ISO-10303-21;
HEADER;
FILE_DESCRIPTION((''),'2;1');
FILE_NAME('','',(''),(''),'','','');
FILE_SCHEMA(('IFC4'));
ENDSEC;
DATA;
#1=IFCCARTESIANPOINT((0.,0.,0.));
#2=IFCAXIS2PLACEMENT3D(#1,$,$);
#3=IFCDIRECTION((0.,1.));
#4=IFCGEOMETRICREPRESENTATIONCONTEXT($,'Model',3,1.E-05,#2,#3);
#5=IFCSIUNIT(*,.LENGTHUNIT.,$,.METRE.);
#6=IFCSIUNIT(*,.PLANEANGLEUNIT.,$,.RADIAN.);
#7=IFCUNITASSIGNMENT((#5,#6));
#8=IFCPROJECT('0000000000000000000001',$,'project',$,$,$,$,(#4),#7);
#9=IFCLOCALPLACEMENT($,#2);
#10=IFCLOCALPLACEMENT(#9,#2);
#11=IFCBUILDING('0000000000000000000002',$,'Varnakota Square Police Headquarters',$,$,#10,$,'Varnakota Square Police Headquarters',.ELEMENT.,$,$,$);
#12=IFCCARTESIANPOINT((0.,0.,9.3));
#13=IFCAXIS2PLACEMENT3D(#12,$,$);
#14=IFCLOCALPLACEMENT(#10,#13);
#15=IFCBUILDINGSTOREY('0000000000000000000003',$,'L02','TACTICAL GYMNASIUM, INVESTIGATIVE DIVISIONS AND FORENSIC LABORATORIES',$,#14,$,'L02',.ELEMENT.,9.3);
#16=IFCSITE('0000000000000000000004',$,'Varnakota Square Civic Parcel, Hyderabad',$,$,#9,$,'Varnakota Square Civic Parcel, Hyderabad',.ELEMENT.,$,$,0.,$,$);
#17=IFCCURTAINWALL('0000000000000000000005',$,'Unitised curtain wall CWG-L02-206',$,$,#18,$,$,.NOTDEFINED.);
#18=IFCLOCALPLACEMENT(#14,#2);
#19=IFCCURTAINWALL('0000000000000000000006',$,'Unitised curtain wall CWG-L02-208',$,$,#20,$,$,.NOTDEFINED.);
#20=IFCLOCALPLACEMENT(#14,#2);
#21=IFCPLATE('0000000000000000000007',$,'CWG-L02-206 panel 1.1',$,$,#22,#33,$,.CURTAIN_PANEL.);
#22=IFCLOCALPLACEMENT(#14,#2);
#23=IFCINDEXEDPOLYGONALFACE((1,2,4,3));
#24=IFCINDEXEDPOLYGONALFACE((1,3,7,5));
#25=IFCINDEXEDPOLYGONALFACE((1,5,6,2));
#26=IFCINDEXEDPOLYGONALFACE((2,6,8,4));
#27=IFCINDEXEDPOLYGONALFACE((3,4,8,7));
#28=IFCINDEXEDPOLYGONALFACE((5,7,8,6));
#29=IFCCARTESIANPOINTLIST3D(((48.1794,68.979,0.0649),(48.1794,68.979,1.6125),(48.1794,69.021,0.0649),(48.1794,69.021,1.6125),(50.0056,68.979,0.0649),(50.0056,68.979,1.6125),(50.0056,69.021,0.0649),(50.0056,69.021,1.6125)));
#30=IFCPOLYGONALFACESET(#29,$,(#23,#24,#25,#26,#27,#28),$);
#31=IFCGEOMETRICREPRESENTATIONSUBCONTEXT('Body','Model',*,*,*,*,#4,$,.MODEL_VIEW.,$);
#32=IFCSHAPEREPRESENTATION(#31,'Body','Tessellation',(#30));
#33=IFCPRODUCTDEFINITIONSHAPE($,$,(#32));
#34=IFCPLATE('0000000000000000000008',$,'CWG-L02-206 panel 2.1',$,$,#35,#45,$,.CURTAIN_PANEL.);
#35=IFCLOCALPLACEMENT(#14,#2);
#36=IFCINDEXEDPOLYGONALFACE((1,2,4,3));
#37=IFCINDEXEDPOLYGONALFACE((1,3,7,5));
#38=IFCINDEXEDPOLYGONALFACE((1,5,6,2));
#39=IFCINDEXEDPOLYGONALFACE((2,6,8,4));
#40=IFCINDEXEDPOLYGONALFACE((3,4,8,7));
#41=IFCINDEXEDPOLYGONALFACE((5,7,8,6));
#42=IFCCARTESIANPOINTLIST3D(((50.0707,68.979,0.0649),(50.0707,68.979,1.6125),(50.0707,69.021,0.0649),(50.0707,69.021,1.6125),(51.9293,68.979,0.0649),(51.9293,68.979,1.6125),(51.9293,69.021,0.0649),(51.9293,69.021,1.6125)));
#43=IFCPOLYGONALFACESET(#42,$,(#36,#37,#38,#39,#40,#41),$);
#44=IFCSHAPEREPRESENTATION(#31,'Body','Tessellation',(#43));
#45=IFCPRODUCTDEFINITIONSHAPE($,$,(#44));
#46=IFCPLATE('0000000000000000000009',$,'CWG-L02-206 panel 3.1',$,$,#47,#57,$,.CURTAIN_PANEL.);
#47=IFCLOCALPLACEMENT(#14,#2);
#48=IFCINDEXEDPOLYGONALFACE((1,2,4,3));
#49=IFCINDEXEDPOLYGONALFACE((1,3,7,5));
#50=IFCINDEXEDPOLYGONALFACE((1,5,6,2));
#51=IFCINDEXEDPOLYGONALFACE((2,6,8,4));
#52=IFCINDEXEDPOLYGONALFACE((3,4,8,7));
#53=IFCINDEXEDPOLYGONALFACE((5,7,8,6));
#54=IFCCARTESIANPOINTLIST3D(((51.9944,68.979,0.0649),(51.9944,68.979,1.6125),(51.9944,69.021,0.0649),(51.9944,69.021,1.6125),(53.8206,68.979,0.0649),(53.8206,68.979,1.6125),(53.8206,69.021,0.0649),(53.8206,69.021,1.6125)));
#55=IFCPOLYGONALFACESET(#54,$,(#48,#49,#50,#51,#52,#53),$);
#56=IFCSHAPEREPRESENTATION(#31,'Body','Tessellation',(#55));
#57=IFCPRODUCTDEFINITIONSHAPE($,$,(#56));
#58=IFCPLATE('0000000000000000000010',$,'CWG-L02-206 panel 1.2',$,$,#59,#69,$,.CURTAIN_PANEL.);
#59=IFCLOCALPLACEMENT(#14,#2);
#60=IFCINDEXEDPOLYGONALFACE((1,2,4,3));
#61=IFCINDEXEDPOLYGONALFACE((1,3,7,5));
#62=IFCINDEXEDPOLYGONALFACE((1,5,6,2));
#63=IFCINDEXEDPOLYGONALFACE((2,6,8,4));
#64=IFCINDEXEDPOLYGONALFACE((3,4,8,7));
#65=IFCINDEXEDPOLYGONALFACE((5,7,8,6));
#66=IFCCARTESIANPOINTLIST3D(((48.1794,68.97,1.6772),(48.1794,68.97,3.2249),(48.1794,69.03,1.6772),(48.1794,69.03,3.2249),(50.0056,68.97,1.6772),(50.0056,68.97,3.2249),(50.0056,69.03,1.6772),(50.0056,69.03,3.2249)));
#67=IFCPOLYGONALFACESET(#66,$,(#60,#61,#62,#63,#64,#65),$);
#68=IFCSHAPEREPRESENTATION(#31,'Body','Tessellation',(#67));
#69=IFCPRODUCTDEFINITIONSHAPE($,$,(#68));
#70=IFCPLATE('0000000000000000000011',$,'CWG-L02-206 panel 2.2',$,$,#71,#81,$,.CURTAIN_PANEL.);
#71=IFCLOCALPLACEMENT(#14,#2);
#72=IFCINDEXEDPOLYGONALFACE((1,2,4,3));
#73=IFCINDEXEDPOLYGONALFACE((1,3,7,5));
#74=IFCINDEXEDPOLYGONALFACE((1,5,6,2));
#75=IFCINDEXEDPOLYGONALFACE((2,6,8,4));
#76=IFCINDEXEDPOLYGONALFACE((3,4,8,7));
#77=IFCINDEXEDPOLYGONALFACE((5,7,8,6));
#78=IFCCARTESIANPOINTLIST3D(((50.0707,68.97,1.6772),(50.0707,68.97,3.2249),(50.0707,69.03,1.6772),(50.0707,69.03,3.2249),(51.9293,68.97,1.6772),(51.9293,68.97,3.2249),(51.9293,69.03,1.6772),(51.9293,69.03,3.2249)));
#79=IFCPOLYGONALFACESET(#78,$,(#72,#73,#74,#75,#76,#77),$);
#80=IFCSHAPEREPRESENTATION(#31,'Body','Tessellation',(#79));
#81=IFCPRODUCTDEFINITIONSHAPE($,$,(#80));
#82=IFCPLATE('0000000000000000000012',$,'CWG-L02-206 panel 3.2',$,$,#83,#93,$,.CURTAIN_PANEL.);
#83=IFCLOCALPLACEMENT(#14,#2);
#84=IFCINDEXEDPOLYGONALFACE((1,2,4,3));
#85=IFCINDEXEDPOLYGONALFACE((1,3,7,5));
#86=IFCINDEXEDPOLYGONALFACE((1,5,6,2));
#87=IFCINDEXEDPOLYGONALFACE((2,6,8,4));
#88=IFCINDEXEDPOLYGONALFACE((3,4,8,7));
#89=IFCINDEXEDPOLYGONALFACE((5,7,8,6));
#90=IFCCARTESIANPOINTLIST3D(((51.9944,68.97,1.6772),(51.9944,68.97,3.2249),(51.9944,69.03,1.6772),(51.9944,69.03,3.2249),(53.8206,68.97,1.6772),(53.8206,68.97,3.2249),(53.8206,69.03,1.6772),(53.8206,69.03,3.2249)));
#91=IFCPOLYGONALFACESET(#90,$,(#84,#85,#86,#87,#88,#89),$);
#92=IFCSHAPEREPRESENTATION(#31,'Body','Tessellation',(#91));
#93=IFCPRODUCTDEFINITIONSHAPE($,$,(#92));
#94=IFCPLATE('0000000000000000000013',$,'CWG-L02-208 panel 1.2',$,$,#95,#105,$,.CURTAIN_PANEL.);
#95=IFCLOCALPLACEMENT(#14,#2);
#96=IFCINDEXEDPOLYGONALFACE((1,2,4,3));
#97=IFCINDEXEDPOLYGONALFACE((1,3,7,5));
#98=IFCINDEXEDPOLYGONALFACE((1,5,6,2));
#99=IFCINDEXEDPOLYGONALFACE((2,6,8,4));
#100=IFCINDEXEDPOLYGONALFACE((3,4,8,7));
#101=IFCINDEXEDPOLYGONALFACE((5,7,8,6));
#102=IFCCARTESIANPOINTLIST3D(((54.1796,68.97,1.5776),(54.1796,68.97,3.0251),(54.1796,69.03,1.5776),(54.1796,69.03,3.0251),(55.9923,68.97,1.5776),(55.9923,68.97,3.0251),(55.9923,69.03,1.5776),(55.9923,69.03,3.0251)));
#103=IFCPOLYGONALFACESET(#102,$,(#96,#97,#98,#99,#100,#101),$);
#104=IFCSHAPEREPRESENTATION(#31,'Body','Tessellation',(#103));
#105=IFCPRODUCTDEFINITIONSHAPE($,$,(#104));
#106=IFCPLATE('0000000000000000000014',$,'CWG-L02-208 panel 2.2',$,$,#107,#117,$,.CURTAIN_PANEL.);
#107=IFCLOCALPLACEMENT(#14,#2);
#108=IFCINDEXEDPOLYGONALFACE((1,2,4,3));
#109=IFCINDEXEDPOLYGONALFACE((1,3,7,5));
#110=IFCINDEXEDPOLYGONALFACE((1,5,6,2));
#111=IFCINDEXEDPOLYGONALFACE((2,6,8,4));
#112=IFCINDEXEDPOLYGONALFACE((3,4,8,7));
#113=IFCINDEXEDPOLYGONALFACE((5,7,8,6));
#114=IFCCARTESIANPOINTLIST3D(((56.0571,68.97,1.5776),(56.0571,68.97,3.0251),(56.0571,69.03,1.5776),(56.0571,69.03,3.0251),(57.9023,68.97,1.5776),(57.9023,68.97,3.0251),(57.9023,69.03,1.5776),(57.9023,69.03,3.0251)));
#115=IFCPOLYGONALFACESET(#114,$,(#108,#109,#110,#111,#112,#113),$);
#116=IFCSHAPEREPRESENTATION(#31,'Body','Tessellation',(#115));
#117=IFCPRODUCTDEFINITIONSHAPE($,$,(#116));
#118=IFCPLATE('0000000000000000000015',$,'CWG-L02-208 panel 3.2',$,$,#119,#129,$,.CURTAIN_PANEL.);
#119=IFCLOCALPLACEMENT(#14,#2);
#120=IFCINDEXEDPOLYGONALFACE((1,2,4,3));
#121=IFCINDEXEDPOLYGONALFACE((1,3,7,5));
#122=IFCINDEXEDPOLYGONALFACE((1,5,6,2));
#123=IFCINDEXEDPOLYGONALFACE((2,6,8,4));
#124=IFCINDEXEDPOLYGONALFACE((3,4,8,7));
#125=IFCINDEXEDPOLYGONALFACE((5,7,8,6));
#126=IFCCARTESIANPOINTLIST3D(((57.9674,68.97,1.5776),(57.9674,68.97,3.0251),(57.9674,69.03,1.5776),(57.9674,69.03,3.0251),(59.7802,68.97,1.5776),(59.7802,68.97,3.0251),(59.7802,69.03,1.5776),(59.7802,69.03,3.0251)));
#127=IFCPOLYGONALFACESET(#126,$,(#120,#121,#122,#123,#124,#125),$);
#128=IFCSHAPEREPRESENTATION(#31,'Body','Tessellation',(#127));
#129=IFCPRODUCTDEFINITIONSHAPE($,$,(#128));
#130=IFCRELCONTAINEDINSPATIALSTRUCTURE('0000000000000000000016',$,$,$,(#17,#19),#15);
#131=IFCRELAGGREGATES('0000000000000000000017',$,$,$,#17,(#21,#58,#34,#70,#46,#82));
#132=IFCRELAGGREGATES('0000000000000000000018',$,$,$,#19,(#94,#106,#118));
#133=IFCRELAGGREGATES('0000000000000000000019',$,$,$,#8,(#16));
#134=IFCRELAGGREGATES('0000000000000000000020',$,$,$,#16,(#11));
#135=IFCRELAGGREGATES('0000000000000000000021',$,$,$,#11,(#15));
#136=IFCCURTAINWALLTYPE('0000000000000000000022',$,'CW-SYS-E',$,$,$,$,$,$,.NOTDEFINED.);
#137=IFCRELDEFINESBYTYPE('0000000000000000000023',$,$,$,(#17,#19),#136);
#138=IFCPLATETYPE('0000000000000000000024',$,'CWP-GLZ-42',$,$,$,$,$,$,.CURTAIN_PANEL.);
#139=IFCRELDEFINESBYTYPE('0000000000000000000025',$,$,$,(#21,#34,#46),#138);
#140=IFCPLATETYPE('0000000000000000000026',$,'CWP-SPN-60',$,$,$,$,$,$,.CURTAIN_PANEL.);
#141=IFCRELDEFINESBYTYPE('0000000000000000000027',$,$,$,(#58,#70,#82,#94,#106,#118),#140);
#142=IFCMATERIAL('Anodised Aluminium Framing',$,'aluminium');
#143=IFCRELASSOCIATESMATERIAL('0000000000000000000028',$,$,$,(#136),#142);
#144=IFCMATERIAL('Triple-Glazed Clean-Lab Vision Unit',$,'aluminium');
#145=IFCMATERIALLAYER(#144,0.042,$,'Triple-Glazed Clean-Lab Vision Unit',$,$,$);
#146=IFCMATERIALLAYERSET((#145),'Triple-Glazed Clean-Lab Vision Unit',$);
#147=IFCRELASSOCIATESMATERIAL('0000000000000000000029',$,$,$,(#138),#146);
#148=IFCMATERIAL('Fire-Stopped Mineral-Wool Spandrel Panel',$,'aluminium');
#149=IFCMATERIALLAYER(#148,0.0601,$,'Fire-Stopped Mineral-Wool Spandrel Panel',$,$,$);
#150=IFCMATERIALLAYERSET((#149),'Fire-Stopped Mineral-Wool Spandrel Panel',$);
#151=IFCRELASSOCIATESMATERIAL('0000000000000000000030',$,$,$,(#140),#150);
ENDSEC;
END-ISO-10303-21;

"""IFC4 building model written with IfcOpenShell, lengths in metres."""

from ifc_helpers import new_model, si_unit, direction, frame, origin, origin_2d, place, context, subcontext, project, spatial, rectangle, extrude, material, layer, layer_set, type_object, element, aggregate, save


model = new_model("IFC4")

# Units and contexts
model_context = context("Model", 3, precision=1e-05, world=origin(), true_north=direction((0.0, 1.0)))
body_context = subcontext(model_context, "Body", "Model", "MODEL_VIEW")
ifc_project = project(units=[si_unit("LENGTHUNIT", "METRE"), si_unit("PLANEANGLEUNIT", "RADIAN")], contexts=[model_context])

# Site, building, storey
site_placement = place(None, origin())
site = spatial("IfcSite", under=ifc_project, at=site_placement, Name="Varnakota Square Civic Parcel, Hyderabad", LongName="Varnakota Square Civic Parcel, Hyderabad", CompositionType="ELEMENT", RefElevation=0.0)
building_placement = place(site_placement, origin())
building = spatial("IfcBuilding", under=site, at=building_placement, Name="Varnakota Square Police Headquarters", LongName="Varnakota Square Police Headquarters", CompositionType="ELEMENT")
storey_placement = place(building_placement, frame((0.0, 0.0, 9.3)))
storey = spatial("IfcBuildingStorey", under=building, at=storey_placement, Name="L02", Description="TACTICAL GYMNASIUM, INVESTIGATIVE DIVISIONS AND FORENSIC LABORATORIES", LongName="L02", CompositionType="ELEMENT", Elevation=9.3)

# Curtain walls
ifc_material_1 = material(Name="Anodised Aluminium Framing", Category="aluminium")
curtain_wall_type = type_object("IfcCurtainWallType", Name="CW-SYS-E", PredefinedType="NOTDEFINED", material=ifc_material_1)
curtain_wall_1_placement = place(storey_placement, origin())
curtain_wall_1 = element("IfcCurtainWall", 1, at=curtain_wall_1_placement, inside=storey, type_object=curtain_wall_type, Name="Unitised curtain wall CWG-L02-206", PredefinedType="NOTDEFINED")
curtain_wall_2_placement = place(storey_placement, origin())
curtain_wall_2 = element("IfcCurtainWall", 2, at=curtain_wall_2_placement, inside=storey, type_object=curtain_wall_type, Name="Unitised curtain wall CWG-L02-208", PredefinedType="NOTDEFINED")

# Plates
ifc_material_2 = material(Name="Triple-Glazed Clean-Lab Vision Unit", Category="aluminium")
ifc_layer_1 = layer(ifc_material_2, 0.042, Name="Triple-Glazed Clean-Lab Vision Unit")
ifc_layer_set_1 = layer_set([ifc_layer_1], Name="Triple-Glazed Clean-Lab Vision Unit")
plate_type_1 = type_object("IfcPlateType", Name="CWP-GLZ-42", PredefinedType="CURTAIN_PANEL", material=ifc_layer_set_1)
plate_1_placement = place(storey_placement, frame((49.0925, 69.0, 0.0649), z_axis=(0.0, 0.0, 1.0), x_axis=(1.0, 0.0, 0.0)))
plate_1 = element("IfcPlate", 3, at=plate_1_placement, type_object=plate_type_1, Name="CWG-L02-206 panel 1.1", PredefinedType="CURTAIN_PANEL", context=body_context, shape_type="SweptSolid", body=[
    extrude(rectangle(XDim=1.8262, YDim=0.042, at=origin_2d()), origin(), (0.0, 0.0, 1.0), 1.5476),
])
plate_2_placement = place(storey_placement, frame((51.0, 69.0, 0.0649), z_axis=(0.0, 0.0, 1.0), x_axis=(1.0, 0.0, 0.0)))
plate_2 = element("IfcPlate", 4, at=plate_2_placement, type_object=plate_type_1, Name="CWG-L02-206 panel 2.1", PredefinedType="CURTAIN_PANEL", context=body_context, shape_type="SweptSolid", body=[
    extrude(rectangle(XDim=1.8586, YDim=0.042, at=origin_2d()), origin(), (0.0, 0.0, 1.0), 1.5476),
])
plate_3_placement = place(storey_placement, frame((52.9075, 69.0, 0.0649), z_axis=(0.0, 0.0, 1.0), x_axis=(1.0, 0.0, 0.0)))
plate_3 = element("IfcPlate", 5, at=plate_3_placement, type_object=plate_type_1, Name="CWG-L02-206 panel 3.1", PredefinedType="CURTAIN_PANEL", context=body_context, shape_type="SweptSolid", body=[
    extrude(rectangle(XDim=1.8262, YDim=0.042, at=origin_2d()), origin(), (0.0, 0.0, 1.0), 1.5476),
])
ifc_material_3 = material(Name="Fire-Stopped Mineral-Wool Spandrel Panel", Category="aluminium")
ifc_layer_2 = layer(ifc_material_3, 0.0601, Name="Fire-Stopped Mineral-Wool Spandrel Panel")
ifc_layer_set_2 = layer_set([ifc_layer_2], Name="Fire-Stopped Mineral-Wool Spandrel Panel")
plate_type_2 = type_object("IfcPlateType", Name="CWP-SPN-60", PredefinedType="CURTAIN_PANEL", material=ifc_layer_set_2)
plate_4_placement = place(storey_placement, frame((49.0925, 69.0, 1.6772), z_axis=(0.0, 0.0, 1.0), x_axis=(1.0, 0.0, 0.0)))
plate_4 = element("IfcPlate", 6, at=plate_4_placement, type_object=plate_type_2, Name="CWG-L02-206 panel 1.2", PredefinedType="CURTAIN_PANEL", context=body_context, shape_type="SweptSolid", body=[
    extrude(rectangle(XDim=1.8262, YDim=0.0601, at=origin_2d()), origin(), (0.0, 0.0, 1.0), 1.5476),
])
plate_5_placement = place(storey_placement, frame((51.0, 69.0, 1.6772), z_axis=(0.0, 0.0, 1.0), x_axis=(1.0, 0.0, 0.0)))
plate_5 = element("IfcPlate", 7, at=plate_5_placement, type_object=plate_type_2, Name="CWG-L02-206 panel 2.2", PredefinedType="CURTAIN_PANEL", context=body_context, shape_type="SweptSolid", body=[
    extrude(rectangle(XDim=1.8586, YDim=0.0601, at=origin_2d()), origin(), (0.0, 0.0, 1.0), 1.5476),
])
plate_6_placement = place(storey_placement, frame((52.9075, 69.0, 1.6772), z_axis=(0.0, 0.0, 1.0), x_axis=(1.0, 0.0, 0.0)))
plate_6 = element("IfcPlate", 8, at=plate_6_placement, type_object=plate_type_2, Name="CWG-L02-206 panel 3.2", PredefinedType="CURTAIN_PANEL", context=body_context, shape_type="SweptSolid", body=[
    extrude(rectangle(XDim=1.8262, YDim=0.0601, at=origin_2d()), origin(), (0.0, 0.0, 1.0), 1.5476),
])
aggregate(curtain_wall_1, [plate_1, plate_4, plate_2, plate_5, plate_3, plate_6])
plate_7_placement = place(storey_placement, frame((55.0859, 69.0, 1.5776), z_axis=(0.0, 0.0, 1.0), x_axis=(1.0, 0.0, 0.0)))
plate_7 = element("IfcPlate", 9, at=plate_7_placement, type_object=plate_type_2, Name="CWG-L02-208 panel 1.2", PredefinedType="CURTAIN_PANEL", context=body_context, shape_type="SweptSolid", body=[
    extrude(rectangle(XDim=1.8127, YDim=0.0601, at=origin_2d()), origin(), (0.0, 0.0, 1.0), 1.4475),
])
plate_8_placement = place(storey_placement, frame((56.9797, 69.0, 1.5776), z_axis=(0.0, 0.0, 1.0), x_axis=(1.0, 0.0, 0.0)))
plate_8 = element("IfcPlate", 10, at=plate_8_placement, type_object=plate_type_2, Name="CWG-L02-208 panel 2.2", PredefinedType="CURTAIN_PANEL", context=body_context, shape_type="SweptSolid", body=[
    extrude(rectangle(XDim=1.8452, YDim=0.0601, at=origin_2d()), origin(), (0.0, 0.0, 1.0), 1.4475),
])
plate_9_placement = place(storey_placement, frame((58.8738, 69.0, 1.5776), z_axis=(0.0, 0.0, 1.0), x_axis=(1.0, 0.0, 0.0)))
plate_9 = element("IfcPlate", 11, at=plate_9_placement, type_object=plate_type_2, Name="CWG-L02-208 panel 3.2", PredefinedType="CURTAIN_PANEL", context=body_context, shape_type="SweptSolid", body=[
    extrude(rectangle(XDim=1.8127, YDim=0.0601, at=origin_2d()), origin(), (0.0, 0.0, 1.0), 1.4475),
])
aggregate(curtain_wall_2, [plate_7, plate_8, plate_9])

save(model, "model.ifc")
